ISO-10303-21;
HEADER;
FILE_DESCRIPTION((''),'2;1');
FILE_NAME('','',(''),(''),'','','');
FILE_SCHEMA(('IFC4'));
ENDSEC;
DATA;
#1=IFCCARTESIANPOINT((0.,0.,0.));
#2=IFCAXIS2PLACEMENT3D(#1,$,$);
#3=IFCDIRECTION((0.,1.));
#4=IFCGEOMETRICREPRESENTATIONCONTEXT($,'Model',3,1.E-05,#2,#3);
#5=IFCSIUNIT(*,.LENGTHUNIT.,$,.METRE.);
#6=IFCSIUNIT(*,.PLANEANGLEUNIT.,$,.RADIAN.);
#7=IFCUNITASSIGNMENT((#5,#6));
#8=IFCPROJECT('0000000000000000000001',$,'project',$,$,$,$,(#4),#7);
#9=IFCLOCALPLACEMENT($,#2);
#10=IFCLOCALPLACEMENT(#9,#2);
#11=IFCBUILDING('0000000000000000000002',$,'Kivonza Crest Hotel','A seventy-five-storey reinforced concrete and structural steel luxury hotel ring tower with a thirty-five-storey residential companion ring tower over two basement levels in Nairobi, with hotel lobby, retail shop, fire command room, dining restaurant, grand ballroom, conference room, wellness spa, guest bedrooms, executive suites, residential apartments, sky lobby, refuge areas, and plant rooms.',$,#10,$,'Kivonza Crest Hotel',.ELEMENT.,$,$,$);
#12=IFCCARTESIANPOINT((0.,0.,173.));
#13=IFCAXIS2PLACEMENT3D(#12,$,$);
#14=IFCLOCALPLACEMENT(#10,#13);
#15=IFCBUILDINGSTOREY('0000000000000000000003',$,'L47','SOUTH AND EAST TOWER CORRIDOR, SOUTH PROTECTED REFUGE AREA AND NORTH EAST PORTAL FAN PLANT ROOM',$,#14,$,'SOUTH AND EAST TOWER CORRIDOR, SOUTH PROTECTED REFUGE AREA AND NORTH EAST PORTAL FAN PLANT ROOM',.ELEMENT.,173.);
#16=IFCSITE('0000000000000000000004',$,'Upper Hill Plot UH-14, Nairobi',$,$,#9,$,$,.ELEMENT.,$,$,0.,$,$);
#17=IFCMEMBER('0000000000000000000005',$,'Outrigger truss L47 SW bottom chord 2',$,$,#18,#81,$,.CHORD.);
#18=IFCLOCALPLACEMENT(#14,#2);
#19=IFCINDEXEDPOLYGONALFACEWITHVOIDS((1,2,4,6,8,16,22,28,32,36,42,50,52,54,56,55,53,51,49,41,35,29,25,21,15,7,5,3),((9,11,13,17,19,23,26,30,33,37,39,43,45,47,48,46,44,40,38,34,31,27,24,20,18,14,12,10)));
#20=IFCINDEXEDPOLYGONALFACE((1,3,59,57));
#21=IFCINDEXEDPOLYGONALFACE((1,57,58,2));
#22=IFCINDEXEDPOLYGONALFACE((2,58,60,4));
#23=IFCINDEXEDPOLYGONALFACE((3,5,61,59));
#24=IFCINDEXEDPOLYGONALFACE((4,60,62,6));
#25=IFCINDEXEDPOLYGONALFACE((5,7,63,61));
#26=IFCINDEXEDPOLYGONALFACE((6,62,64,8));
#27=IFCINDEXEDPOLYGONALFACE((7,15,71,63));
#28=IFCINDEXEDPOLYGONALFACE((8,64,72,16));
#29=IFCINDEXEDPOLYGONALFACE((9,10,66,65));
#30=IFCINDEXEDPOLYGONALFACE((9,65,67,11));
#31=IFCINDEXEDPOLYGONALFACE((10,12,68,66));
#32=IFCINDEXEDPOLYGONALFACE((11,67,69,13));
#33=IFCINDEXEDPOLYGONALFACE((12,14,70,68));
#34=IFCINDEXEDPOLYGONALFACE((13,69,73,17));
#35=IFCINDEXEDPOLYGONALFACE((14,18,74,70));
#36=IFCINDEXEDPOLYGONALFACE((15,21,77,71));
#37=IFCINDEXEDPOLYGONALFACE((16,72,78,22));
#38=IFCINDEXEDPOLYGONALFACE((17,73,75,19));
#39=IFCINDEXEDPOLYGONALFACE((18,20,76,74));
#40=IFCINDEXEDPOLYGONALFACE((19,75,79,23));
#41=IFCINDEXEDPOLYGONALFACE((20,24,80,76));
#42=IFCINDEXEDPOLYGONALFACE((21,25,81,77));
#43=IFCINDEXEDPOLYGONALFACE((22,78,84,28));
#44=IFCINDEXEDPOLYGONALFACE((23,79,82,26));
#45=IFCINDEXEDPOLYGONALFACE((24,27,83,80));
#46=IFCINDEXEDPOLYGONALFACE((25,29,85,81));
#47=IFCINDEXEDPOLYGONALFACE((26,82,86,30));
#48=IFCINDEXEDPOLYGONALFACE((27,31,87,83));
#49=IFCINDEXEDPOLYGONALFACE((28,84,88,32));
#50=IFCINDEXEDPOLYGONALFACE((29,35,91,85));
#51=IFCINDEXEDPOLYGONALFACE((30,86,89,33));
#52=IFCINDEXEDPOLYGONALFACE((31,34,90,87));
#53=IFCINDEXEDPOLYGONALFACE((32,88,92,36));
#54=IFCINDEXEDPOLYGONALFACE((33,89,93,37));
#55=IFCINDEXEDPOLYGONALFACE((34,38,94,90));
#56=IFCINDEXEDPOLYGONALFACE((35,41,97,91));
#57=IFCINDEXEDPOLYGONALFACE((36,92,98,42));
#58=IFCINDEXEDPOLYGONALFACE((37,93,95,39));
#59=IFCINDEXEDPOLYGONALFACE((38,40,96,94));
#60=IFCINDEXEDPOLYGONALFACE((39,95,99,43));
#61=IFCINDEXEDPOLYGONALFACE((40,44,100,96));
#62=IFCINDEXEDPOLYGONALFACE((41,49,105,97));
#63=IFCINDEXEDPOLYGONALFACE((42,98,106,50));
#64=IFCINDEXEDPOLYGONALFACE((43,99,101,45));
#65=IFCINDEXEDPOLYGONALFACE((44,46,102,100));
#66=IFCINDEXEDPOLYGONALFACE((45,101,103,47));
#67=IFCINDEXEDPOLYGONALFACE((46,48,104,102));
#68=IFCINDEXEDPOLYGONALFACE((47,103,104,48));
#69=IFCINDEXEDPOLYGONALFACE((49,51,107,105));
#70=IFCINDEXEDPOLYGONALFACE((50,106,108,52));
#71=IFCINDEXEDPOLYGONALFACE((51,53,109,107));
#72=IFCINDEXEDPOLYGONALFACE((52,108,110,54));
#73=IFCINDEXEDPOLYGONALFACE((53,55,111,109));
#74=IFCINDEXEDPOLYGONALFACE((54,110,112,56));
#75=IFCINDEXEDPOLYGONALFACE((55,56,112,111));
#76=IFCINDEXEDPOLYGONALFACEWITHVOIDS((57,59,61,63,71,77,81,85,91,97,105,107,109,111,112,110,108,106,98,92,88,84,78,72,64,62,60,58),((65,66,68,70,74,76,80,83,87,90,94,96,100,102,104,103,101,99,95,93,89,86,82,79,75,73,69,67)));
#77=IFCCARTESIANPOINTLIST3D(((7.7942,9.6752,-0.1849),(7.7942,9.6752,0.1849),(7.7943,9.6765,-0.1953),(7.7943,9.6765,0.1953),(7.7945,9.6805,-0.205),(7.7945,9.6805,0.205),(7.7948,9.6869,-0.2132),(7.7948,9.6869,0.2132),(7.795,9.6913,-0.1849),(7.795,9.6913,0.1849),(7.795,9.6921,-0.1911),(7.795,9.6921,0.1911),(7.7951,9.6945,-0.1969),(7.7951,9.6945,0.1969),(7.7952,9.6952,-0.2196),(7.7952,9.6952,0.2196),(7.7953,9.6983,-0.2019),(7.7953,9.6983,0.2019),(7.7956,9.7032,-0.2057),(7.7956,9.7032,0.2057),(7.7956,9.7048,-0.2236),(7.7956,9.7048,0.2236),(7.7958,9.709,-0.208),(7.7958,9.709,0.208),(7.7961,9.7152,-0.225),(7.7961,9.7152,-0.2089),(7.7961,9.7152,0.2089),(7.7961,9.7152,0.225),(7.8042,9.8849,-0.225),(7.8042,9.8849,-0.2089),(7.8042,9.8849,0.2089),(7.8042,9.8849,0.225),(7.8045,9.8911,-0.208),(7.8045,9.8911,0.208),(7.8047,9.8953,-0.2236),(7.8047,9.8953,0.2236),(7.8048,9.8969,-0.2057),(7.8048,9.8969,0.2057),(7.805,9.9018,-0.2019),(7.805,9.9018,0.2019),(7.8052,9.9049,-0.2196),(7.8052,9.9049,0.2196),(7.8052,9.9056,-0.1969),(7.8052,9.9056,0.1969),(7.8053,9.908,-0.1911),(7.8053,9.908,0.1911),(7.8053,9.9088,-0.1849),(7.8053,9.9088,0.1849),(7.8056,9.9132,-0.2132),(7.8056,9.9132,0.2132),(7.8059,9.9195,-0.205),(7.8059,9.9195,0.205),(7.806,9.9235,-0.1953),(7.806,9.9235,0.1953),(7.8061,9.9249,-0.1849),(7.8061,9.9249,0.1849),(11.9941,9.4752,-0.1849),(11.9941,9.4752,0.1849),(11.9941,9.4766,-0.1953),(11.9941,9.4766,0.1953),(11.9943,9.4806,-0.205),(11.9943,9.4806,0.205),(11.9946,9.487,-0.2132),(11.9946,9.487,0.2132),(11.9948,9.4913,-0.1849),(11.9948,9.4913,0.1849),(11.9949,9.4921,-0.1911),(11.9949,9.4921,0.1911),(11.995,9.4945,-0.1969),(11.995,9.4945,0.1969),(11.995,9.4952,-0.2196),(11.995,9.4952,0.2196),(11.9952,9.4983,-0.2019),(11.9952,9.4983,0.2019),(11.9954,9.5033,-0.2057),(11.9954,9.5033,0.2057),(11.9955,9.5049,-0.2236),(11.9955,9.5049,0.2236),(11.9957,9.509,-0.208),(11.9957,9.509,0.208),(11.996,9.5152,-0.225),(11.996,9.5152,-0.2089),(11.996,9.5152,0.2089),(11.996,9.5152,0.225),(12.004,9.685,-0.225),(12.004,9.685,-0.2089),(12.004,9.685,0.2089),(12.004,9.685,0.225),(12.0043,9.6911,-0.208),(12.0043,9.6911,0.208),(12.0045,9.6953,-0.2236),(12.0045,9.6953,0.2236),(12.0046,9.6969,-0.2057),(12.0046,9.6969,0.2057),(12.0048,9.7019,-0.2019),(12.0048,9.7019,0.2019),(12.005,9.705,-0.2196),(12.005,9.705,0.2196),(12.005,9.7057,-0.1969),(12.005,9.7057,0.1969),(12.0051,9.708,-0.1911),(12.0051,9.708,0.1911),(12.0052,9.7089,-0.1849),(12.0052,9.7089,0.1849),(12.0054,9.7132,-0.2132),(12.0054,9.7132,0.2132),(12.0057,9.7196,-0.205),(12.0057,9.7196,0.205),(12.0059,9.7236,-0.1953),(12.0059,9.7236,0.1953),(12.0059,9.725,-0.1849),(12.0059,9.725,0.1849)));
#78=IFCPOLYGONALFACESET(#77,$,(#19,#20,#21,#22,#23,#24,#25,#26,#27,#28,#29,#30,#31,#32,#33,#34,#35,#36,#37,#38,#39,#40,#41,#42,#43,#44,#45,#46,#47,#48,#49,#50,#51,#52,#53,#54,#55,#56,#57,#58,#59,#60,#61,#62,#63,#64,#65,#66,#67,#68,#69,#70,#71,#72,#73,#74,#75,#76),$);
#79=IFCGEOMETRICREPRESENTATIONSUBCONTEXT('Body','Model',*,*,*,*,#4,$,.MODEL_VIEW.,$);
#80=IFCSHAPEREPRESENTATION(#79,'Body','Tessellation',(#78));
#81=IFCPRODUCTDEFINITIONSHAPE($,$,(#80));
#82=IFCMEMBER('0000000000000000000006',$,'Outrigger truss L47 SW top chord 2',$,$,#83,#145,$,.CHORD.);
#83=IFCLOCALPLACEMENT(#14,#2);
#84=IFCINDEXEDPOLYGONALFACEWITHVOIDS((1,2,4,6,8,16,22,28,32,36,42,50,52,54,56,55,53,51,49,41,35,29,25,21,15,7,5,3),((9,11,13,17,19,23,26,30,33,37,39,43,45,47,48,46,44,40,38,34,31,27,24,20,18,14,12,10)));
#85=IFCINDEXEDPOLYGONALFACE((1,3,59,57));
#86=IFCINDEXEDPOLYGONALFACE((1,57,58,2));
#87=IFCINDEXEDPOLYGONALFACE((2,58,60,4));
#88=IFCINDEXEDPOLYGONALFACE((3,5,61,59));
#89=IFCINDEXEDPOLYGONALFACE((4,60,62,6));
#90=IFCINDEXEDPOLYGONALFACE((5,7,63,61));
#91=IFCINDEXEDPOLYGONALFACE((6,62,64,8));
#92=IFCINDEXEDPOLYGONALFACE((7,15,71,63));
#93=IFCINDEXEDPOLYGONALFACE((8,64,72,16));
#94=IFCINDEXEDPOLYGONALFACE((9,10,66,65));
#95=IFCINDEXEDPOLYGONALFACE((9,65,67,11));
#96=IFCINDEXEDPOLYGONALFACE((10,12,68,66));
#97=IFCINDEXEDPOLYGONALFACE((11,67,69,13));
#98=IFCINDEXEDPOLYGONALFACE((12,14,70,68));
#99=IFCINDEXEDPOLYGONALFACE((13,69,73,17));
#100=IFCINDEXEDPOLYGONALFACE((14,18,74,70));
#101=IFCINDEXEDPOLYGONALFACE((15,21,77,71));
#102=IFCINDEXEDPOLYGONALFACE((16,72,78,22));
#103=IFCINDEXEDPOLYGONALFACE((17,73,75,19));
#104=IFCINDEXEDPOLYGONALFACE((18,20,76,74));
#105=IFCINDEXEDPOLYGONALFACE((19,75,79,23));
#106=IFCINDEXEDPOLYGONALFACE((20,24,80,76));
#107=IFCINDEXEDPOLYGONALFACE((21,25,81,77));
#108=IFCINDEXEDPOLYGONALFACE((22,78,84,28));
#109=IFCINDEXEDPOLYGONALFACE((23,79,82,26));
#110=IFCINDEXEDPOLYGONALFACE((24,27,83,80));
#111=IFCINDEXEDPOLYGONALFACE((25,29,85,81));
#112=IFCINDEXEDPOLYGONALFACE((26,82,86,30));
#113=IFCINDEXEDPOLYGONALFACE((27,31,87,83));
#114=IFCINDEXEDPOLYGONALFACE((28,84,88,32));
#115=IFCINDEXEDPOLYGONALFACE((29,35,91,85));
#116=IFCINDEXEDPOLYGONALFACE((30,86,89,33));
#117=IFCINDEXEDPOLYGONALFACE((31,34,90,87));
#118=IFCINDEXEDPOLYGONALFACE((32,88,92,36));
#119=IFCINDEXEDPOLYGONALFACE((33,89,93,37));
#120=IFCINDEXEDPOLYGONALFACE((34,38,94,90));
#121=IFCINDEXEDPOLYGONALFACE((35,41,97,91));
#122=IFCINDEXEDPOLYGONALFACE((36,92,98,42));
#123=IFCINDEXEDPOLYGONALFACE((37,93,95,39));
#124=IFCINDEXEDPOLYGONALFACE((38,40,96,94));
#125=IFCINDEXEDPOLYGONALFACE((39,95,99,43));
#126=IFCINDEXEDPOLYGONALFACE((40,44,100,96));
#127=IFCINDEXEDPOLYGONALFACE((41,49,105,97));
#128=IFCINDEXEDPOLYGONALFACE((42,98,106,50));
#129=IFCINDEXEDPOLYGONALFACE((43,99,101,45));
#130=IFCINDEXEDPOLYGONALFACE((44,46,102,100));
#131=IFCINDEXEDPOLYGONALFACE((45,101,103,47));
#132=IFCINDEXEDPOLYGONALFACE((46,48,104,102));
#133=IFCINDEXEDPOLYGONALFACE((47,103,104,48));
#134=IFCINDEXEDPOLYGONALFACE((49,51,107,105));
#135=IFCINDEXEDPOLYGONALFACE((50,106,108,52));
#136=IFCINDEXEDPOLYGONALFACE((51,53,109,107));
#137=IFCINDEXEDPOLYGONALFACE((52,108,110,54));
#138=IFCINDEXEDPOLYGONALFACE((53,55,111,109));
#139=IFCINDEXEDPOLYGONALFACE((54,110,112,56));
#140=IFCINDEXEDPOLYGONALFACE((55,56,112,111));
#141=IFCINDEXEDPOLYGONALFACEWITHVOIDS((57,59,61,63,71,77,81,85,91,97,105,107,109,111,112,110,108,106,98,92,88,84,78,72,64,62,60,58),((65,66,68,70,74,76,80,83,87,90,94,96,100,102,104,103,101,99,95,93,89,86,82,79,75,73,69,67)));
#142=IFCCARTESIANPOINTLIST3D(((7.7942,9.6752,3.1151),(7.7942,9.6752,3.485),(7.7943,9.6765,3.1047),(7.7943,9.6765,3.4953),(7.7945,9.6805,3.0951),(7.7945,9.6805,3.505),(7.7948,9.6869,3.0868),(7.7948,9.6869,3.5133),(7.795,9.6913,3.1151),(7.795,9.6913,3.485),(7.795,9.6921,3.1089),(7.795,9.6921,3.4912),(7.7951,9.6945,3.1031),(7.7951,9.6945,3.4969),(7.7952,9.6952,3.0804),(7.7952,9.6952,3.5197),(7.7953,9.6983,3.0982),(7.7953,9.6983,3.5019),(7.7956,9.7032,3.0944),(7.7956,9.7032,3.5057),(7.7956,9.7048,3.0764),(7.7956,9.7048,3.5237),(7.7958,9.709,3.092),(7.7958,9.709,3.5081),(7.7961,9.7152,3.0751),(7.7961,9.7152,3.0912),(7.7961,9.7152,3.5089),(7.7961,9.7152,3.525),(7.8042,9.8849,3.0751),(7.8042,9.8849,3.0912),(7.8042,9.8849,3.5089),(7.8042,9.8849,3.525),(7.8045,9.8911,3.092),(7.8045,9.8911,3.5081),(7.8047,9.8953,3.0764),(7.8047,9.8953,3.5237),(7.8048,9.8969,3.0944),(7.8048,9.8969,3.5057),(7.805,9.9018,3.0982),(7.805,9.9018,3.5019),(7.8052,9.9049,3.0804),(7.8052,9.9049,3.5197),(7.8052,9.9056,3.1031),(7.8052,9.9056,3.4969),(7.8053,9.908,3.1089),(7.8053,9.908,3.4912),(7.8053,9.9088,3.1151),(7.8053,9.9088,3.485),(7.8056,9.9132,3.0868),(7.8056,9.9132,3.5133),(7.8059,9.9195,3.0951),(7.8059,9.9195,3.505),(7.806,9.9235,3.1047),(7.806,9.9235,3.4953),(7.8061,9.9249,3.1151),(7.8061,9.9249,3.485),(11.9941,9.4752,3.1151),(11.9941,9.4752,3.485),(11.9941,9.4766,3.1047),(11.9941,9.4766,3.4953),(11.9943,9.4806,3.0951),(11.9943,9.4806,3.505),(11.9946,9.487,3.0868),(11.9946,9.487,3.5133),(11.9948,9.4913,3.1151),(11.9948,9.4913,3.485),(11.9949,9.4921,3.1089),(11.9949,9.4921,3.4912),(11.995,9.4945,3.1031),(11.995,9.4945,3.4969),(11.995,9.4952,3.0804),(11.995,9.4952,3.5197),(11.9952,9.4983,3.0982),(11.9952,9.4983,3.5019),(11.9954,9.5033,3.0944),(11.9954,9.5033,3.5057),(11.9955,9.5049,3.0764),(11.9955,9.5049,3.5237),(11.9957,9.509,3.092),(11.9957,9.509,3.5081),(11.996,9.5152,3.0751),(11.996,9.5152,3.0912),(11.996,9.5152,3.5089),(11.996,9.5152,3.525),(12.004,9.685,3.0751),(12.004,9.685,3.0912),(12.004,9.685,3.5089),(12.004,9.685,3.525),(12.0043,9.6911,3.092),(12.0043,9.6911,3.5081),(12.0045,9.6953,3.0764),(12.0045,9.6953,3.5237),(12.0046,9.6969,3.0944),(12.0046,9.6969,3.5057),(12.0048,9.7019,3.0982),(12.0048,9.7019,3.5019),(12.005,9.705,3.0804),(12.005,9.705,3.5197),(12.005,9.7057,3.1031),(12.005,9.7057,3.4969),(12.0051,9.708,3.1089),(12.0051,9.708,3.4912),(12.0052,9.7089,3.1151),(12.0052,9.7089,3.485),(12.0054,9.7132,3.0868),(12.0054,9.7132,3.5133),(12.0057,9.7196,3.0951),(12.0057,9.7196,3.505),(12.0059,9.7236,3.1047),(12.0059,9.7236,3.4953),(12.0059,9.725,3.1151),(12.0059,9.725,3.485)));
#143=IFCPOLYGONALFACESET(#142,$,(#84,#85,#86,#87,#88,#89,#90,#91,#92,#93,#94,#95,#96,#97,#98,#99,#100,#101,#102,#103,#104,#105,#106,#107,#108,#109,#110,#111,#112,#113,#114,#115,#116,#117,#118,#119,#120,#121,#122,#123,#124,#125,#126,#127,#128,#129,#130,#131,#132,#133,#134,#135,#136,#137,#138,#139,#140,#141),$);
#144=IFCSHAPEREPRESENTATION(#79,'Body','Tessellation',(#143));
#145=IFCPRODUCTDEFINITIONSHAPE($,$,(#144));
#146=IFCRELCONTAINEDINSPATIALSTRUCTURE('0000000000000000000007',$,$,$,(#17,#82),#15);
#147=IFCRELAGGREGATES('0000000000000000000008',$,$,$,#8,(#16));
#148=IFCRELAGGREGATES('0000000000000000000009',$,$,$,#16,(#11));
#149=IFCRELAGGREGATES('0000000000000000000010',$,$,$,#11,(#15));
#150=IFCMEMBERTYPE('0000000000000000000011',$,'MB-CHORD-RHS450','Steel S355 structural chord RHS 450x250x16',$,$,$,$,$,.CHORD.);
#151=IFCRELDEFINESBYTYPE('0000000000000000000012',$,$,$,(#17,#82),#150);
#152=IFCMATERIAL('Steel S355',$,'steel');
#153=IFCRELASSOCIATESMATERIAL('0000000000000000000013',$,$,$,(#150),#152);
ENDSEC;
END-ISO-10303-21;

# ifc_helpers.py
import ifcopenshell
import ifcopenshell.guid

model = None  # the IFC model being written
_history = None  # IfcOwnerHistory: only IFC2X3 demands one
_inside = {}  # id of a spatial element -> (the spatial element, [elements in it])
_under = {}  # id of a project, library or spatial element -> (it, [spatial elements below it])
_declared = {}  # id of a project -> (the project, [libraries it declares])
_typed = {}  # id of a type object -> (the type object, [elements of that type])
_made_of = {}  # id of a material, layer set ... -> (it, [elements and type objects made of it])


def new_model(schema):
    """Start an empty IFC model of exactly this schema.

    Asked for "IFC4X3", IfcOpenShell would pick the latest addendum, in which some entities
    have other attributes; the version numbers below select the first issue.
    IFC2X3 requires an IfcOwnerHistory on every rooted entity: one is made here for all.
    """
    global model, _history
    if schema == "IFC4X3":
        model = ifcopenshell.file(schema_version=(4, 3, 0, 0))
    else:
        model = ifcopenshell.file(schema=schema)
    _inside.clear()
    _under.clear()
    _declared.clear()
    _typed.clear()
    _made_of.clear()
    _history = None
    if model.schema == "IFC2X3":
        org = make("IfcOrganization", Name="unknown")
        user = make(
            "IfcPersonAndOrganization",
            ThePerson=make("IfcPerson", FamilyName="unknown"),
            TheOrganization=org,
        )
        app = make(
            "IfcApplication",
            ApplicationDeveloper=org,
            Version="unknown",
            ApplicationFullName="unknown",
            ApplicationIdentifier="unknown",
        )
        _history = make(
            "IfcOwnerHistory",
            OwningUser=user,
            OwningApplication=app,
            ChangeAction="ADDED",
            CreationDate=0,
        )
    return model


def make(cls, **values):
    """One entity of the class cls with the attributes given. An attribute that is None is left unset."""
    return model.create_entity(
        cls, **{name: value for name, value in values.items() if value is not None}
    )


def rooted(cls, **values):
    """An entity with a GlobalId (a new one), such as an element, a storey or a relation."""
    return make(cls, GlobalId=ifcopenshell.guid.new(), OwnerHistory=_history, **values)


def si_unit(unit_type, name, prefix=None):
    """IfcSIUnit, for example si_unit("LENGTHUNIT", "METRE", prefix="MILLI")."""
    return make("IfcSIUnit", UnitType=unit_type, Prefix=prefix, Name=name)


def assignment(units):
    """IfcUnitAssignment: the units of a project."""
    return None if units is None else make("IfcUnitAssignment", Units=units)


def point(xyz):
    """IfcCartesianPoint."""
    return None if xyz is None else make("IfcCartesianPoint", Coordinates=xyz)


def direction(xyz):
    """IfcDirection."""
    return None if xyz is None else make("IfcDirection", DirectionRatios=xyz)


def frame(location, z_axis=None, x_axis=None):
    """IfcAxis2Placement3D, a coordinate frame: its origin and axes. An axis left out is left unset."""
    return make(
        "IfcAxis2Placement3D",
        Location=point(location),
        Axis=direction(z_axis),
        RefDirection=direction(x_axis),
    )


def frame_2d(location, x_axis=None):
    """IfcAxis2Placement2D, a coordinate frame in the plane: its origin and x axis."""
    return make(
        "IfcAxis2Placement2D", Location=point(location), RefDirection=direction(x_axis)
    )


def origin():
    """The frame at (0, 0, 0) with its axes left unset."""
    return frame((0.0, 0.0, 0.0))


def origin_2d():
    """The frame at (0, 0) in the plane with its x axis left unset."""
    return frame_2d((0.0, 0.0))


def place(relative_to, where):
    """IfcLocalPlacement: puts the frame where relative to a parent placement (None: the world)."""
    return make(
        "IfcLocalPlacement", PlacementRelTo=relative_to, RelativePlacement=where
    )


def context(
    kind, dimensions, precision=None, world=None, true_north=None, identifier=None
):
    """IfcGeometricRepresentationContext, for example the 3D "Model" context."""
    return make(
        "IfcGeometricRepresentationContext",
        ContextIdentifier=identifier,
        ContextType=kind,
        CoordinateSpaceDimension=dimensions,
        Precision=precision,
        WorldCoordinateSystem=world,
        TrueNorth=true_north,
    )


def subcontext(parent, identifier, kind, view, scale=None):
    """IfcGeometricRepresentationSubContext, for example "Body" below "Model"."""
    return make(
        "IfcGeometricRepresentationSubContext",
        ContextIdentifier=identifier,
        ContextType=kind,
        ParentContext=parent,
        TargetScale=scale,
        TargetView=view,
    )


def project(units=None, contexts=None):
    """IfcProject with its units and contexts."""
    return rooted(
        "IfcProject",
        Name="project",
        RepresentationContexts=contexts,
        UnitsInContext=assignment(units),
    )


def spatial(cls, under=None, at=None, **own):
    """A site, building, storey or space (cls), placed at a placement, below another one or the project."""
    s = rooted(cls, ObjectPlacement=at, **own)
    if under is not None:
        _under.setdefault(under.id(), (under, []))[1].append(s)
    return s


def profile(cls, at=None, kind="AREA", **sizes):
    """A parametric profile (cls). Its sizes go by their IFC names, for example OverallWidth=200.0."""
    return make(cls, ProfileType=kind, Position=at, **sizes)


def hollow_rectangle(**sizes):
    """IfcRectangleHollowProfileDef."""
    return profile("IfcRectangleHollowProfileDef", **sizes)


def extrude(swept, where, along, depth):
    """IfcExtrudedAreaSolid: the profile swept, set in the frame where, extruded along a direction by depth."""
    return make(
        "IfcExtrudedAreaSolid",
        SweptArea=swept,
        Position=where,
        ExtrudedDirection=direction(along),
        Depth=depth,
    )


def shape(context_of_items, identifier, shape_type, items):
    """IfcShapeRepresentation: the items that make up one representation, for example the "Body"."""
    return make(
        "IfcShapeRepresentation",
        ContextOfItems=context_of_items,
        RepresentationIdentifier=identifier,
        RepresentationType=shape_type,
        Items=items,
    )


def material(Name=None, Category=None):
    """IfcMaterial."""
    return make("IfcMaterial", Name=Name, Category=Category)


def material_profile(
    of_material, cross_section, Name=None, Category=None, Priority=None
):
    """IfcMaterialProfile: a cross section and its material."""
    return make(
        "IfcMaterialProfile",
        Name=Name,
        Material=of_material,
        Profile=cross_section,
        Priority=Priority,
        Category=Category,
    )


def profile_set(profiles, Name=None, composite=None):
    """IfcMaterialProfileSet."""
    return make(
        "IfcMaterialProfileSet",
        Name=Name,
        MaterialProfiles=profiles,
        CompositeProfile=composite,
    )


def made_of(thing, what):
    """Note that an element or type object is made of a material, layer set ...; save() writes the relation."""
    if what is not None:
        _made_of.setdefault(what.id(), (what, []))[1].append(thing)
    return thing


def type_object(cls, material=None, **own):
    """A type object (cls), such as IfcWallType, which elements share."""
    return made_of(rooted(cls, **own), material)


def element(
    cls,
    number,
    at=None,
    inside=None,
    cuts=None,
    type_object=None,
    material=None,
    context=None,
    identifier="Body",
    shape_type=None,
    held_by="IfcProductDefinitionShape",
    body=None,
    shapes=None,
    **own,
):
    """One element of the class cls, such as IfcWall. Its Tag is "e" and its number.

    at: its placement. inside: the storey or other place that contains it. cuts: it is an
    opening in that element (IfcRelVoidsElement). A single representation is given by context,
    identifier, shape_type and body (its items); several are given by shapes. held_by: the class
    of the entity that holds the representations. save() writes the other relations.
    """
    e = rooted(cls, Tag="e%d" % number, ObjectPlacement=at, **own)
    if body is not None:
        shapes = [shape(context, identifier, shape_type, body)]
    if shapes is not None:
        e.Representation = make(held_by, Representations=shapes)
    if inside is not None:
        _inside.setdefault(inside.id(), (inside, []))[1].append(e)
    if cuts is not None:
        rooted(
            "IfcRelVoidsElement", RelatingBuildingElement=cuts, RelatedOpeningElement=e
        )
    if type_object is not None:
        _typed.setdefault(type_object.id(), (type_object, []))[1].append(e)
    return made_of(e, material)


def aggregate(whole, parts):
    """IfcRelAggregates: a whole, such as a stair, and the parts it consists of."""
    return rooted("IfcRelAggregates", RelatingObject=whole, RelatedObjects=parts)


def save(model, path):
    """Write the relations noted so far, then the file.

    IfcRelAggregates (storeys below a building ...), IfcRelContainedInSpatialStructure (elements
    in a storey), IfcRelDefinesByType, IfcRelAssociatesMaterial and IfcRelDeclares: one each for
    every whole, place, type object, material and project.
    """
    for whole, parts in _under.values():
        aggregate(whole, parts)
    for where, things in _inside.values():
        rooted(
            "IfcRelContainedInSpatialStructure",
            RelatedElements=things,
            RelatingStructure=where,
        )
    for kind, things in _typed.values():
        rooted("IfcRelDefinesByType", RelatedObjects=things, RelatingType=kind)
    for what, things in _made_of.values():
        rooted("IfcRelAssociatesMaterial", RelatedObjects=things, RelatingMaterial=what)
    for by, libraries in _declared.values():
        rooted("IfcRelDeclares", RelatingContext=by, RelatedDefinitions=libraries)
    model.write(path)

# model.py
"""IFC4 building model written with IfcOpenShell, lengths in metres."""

from ifc_helpers import new_model, si_unit, direction, frame, origin, origin_2d, place, context, subcontext, project, spatial, hollow_rectangle, extrude, material, material_profile, profile_set, type_object, element, save


model = new_model("IFC4")

# Units and contexts
model_context = context("Model", 3, precision=1e-05, world=origin(), true_north=direction((0.0, 1.0)))
body_context = subcontext(model_context, "Body", "Model", "MODEL_VIEW")
ifc_project = project(units=[si_unit("LENGTHUNIT", "METRE"), si_unit("PLANEANGLEUNIT", "RADIAN")], contexts=[model_context])

# Site, building, storey
site_placement = place(None, origin())
site = spatial("IfcSite", under=ifc_project, at=site_placement, Name="Upper Hill Plot UH-14, Nairobi", CompositionType="ELEMENT", RefElevation=0.0)
building_placement = place(site_placement, origin())
building = spatial("IfcBuilding", under=site, at=building_placement, Name="Kivonza Crest Hotel", Description="A seventy-five-storey reinforced concrete and structural steel luxury hotel ring tower with a thirty-five-storey residential companion ring tower over two basement levels in Nairobi, with hotel lobby, retail shop, fire command room, dining restaurant, grand ballroom, conference room, wellness spa, guest bedrooms, executive suites, residential apartments, sky lobby, refuge areas, and plant rooms.", LongName="Kivonza Crest Hotel", CompositionType="ELEMENT")
storey_placement = place(building_placement, frame((0.0, 0.0, 173.0)))
storey = spatial("IfcBuildingStorey", under=building, at=storey_placement, Name="L47", Description="SOUTH AND EAST TOWER CORRIDOR, SOUTH PROTECTED REFUGE AREA AND NORTH EAST PORTAL FAN PLANT ROOM", LongName="SOUTH AND EAST TOWER CORRIDOR, SOUTH PROTECTED REFUGE AREA AND NORTH EAST PORTAL FAN PLANT ROOM", CompositionType="ELEMENT", Elevation=173.0)

# Shared definitions
ifc_material_1 = material(Name="Steel S355", Category="steel")

# Members
ifc_material_profile_1 = material_profile(ifc_material_1, hollow_rectangle(XDim=0.25, YDim=0.45, WallThickness=0.0161, InnerFilletRadius=0.0239, OuterFilletRadius=0.04, at=origin_2d()), Name="RHS 450x250x16")
ifc_profile_set_1 = profile_set([ifc_material_profile_1], Name="Steel S355")
member_type_1 = type_object("IfcMemberType", Name="MB-CHORD-RHS450", Description="Steel S355 structural chord RHS 450x250x16", PredefinedType="CHORD", material=ifc_profile_set_1)
for number, where, z_axis, x_axis, name in (
    (1, (12.0, 9.6001, 0.0), (-0.998869, 0.047554, 0.0), (-0.047554, -0.998869, 0.0), "Outrigger truss L47 SW bottom chord 2"),
    (2, (12.0, 9.6001, 3.3), (-0.998869, 0.047554, 0.0), (-0.047554, -0.998869, 0.0), "Outrigger truss L47 SW top chord 2"),
):
    element("IfcMember", number, at=place(storey_placement, frame(where, z_axis=z_axis, x_axis=x_axis)), inside=storey, type_object=member_type_1, Name=name, PredefinedType="CHORD", context=body_context, shape_type="SweptSolid", body=[
        extrude(hollow_rectangle(XDim=0.25, YDim=0.45, WallThickness=0.0161, InnerFilletRadius=0.0239, OuterFilletRadius=0.04, at=origin_2d()), origin(), (0.0, 0.0, 1.0), 4.2046),
    ])

save(model, "model.ifc")
